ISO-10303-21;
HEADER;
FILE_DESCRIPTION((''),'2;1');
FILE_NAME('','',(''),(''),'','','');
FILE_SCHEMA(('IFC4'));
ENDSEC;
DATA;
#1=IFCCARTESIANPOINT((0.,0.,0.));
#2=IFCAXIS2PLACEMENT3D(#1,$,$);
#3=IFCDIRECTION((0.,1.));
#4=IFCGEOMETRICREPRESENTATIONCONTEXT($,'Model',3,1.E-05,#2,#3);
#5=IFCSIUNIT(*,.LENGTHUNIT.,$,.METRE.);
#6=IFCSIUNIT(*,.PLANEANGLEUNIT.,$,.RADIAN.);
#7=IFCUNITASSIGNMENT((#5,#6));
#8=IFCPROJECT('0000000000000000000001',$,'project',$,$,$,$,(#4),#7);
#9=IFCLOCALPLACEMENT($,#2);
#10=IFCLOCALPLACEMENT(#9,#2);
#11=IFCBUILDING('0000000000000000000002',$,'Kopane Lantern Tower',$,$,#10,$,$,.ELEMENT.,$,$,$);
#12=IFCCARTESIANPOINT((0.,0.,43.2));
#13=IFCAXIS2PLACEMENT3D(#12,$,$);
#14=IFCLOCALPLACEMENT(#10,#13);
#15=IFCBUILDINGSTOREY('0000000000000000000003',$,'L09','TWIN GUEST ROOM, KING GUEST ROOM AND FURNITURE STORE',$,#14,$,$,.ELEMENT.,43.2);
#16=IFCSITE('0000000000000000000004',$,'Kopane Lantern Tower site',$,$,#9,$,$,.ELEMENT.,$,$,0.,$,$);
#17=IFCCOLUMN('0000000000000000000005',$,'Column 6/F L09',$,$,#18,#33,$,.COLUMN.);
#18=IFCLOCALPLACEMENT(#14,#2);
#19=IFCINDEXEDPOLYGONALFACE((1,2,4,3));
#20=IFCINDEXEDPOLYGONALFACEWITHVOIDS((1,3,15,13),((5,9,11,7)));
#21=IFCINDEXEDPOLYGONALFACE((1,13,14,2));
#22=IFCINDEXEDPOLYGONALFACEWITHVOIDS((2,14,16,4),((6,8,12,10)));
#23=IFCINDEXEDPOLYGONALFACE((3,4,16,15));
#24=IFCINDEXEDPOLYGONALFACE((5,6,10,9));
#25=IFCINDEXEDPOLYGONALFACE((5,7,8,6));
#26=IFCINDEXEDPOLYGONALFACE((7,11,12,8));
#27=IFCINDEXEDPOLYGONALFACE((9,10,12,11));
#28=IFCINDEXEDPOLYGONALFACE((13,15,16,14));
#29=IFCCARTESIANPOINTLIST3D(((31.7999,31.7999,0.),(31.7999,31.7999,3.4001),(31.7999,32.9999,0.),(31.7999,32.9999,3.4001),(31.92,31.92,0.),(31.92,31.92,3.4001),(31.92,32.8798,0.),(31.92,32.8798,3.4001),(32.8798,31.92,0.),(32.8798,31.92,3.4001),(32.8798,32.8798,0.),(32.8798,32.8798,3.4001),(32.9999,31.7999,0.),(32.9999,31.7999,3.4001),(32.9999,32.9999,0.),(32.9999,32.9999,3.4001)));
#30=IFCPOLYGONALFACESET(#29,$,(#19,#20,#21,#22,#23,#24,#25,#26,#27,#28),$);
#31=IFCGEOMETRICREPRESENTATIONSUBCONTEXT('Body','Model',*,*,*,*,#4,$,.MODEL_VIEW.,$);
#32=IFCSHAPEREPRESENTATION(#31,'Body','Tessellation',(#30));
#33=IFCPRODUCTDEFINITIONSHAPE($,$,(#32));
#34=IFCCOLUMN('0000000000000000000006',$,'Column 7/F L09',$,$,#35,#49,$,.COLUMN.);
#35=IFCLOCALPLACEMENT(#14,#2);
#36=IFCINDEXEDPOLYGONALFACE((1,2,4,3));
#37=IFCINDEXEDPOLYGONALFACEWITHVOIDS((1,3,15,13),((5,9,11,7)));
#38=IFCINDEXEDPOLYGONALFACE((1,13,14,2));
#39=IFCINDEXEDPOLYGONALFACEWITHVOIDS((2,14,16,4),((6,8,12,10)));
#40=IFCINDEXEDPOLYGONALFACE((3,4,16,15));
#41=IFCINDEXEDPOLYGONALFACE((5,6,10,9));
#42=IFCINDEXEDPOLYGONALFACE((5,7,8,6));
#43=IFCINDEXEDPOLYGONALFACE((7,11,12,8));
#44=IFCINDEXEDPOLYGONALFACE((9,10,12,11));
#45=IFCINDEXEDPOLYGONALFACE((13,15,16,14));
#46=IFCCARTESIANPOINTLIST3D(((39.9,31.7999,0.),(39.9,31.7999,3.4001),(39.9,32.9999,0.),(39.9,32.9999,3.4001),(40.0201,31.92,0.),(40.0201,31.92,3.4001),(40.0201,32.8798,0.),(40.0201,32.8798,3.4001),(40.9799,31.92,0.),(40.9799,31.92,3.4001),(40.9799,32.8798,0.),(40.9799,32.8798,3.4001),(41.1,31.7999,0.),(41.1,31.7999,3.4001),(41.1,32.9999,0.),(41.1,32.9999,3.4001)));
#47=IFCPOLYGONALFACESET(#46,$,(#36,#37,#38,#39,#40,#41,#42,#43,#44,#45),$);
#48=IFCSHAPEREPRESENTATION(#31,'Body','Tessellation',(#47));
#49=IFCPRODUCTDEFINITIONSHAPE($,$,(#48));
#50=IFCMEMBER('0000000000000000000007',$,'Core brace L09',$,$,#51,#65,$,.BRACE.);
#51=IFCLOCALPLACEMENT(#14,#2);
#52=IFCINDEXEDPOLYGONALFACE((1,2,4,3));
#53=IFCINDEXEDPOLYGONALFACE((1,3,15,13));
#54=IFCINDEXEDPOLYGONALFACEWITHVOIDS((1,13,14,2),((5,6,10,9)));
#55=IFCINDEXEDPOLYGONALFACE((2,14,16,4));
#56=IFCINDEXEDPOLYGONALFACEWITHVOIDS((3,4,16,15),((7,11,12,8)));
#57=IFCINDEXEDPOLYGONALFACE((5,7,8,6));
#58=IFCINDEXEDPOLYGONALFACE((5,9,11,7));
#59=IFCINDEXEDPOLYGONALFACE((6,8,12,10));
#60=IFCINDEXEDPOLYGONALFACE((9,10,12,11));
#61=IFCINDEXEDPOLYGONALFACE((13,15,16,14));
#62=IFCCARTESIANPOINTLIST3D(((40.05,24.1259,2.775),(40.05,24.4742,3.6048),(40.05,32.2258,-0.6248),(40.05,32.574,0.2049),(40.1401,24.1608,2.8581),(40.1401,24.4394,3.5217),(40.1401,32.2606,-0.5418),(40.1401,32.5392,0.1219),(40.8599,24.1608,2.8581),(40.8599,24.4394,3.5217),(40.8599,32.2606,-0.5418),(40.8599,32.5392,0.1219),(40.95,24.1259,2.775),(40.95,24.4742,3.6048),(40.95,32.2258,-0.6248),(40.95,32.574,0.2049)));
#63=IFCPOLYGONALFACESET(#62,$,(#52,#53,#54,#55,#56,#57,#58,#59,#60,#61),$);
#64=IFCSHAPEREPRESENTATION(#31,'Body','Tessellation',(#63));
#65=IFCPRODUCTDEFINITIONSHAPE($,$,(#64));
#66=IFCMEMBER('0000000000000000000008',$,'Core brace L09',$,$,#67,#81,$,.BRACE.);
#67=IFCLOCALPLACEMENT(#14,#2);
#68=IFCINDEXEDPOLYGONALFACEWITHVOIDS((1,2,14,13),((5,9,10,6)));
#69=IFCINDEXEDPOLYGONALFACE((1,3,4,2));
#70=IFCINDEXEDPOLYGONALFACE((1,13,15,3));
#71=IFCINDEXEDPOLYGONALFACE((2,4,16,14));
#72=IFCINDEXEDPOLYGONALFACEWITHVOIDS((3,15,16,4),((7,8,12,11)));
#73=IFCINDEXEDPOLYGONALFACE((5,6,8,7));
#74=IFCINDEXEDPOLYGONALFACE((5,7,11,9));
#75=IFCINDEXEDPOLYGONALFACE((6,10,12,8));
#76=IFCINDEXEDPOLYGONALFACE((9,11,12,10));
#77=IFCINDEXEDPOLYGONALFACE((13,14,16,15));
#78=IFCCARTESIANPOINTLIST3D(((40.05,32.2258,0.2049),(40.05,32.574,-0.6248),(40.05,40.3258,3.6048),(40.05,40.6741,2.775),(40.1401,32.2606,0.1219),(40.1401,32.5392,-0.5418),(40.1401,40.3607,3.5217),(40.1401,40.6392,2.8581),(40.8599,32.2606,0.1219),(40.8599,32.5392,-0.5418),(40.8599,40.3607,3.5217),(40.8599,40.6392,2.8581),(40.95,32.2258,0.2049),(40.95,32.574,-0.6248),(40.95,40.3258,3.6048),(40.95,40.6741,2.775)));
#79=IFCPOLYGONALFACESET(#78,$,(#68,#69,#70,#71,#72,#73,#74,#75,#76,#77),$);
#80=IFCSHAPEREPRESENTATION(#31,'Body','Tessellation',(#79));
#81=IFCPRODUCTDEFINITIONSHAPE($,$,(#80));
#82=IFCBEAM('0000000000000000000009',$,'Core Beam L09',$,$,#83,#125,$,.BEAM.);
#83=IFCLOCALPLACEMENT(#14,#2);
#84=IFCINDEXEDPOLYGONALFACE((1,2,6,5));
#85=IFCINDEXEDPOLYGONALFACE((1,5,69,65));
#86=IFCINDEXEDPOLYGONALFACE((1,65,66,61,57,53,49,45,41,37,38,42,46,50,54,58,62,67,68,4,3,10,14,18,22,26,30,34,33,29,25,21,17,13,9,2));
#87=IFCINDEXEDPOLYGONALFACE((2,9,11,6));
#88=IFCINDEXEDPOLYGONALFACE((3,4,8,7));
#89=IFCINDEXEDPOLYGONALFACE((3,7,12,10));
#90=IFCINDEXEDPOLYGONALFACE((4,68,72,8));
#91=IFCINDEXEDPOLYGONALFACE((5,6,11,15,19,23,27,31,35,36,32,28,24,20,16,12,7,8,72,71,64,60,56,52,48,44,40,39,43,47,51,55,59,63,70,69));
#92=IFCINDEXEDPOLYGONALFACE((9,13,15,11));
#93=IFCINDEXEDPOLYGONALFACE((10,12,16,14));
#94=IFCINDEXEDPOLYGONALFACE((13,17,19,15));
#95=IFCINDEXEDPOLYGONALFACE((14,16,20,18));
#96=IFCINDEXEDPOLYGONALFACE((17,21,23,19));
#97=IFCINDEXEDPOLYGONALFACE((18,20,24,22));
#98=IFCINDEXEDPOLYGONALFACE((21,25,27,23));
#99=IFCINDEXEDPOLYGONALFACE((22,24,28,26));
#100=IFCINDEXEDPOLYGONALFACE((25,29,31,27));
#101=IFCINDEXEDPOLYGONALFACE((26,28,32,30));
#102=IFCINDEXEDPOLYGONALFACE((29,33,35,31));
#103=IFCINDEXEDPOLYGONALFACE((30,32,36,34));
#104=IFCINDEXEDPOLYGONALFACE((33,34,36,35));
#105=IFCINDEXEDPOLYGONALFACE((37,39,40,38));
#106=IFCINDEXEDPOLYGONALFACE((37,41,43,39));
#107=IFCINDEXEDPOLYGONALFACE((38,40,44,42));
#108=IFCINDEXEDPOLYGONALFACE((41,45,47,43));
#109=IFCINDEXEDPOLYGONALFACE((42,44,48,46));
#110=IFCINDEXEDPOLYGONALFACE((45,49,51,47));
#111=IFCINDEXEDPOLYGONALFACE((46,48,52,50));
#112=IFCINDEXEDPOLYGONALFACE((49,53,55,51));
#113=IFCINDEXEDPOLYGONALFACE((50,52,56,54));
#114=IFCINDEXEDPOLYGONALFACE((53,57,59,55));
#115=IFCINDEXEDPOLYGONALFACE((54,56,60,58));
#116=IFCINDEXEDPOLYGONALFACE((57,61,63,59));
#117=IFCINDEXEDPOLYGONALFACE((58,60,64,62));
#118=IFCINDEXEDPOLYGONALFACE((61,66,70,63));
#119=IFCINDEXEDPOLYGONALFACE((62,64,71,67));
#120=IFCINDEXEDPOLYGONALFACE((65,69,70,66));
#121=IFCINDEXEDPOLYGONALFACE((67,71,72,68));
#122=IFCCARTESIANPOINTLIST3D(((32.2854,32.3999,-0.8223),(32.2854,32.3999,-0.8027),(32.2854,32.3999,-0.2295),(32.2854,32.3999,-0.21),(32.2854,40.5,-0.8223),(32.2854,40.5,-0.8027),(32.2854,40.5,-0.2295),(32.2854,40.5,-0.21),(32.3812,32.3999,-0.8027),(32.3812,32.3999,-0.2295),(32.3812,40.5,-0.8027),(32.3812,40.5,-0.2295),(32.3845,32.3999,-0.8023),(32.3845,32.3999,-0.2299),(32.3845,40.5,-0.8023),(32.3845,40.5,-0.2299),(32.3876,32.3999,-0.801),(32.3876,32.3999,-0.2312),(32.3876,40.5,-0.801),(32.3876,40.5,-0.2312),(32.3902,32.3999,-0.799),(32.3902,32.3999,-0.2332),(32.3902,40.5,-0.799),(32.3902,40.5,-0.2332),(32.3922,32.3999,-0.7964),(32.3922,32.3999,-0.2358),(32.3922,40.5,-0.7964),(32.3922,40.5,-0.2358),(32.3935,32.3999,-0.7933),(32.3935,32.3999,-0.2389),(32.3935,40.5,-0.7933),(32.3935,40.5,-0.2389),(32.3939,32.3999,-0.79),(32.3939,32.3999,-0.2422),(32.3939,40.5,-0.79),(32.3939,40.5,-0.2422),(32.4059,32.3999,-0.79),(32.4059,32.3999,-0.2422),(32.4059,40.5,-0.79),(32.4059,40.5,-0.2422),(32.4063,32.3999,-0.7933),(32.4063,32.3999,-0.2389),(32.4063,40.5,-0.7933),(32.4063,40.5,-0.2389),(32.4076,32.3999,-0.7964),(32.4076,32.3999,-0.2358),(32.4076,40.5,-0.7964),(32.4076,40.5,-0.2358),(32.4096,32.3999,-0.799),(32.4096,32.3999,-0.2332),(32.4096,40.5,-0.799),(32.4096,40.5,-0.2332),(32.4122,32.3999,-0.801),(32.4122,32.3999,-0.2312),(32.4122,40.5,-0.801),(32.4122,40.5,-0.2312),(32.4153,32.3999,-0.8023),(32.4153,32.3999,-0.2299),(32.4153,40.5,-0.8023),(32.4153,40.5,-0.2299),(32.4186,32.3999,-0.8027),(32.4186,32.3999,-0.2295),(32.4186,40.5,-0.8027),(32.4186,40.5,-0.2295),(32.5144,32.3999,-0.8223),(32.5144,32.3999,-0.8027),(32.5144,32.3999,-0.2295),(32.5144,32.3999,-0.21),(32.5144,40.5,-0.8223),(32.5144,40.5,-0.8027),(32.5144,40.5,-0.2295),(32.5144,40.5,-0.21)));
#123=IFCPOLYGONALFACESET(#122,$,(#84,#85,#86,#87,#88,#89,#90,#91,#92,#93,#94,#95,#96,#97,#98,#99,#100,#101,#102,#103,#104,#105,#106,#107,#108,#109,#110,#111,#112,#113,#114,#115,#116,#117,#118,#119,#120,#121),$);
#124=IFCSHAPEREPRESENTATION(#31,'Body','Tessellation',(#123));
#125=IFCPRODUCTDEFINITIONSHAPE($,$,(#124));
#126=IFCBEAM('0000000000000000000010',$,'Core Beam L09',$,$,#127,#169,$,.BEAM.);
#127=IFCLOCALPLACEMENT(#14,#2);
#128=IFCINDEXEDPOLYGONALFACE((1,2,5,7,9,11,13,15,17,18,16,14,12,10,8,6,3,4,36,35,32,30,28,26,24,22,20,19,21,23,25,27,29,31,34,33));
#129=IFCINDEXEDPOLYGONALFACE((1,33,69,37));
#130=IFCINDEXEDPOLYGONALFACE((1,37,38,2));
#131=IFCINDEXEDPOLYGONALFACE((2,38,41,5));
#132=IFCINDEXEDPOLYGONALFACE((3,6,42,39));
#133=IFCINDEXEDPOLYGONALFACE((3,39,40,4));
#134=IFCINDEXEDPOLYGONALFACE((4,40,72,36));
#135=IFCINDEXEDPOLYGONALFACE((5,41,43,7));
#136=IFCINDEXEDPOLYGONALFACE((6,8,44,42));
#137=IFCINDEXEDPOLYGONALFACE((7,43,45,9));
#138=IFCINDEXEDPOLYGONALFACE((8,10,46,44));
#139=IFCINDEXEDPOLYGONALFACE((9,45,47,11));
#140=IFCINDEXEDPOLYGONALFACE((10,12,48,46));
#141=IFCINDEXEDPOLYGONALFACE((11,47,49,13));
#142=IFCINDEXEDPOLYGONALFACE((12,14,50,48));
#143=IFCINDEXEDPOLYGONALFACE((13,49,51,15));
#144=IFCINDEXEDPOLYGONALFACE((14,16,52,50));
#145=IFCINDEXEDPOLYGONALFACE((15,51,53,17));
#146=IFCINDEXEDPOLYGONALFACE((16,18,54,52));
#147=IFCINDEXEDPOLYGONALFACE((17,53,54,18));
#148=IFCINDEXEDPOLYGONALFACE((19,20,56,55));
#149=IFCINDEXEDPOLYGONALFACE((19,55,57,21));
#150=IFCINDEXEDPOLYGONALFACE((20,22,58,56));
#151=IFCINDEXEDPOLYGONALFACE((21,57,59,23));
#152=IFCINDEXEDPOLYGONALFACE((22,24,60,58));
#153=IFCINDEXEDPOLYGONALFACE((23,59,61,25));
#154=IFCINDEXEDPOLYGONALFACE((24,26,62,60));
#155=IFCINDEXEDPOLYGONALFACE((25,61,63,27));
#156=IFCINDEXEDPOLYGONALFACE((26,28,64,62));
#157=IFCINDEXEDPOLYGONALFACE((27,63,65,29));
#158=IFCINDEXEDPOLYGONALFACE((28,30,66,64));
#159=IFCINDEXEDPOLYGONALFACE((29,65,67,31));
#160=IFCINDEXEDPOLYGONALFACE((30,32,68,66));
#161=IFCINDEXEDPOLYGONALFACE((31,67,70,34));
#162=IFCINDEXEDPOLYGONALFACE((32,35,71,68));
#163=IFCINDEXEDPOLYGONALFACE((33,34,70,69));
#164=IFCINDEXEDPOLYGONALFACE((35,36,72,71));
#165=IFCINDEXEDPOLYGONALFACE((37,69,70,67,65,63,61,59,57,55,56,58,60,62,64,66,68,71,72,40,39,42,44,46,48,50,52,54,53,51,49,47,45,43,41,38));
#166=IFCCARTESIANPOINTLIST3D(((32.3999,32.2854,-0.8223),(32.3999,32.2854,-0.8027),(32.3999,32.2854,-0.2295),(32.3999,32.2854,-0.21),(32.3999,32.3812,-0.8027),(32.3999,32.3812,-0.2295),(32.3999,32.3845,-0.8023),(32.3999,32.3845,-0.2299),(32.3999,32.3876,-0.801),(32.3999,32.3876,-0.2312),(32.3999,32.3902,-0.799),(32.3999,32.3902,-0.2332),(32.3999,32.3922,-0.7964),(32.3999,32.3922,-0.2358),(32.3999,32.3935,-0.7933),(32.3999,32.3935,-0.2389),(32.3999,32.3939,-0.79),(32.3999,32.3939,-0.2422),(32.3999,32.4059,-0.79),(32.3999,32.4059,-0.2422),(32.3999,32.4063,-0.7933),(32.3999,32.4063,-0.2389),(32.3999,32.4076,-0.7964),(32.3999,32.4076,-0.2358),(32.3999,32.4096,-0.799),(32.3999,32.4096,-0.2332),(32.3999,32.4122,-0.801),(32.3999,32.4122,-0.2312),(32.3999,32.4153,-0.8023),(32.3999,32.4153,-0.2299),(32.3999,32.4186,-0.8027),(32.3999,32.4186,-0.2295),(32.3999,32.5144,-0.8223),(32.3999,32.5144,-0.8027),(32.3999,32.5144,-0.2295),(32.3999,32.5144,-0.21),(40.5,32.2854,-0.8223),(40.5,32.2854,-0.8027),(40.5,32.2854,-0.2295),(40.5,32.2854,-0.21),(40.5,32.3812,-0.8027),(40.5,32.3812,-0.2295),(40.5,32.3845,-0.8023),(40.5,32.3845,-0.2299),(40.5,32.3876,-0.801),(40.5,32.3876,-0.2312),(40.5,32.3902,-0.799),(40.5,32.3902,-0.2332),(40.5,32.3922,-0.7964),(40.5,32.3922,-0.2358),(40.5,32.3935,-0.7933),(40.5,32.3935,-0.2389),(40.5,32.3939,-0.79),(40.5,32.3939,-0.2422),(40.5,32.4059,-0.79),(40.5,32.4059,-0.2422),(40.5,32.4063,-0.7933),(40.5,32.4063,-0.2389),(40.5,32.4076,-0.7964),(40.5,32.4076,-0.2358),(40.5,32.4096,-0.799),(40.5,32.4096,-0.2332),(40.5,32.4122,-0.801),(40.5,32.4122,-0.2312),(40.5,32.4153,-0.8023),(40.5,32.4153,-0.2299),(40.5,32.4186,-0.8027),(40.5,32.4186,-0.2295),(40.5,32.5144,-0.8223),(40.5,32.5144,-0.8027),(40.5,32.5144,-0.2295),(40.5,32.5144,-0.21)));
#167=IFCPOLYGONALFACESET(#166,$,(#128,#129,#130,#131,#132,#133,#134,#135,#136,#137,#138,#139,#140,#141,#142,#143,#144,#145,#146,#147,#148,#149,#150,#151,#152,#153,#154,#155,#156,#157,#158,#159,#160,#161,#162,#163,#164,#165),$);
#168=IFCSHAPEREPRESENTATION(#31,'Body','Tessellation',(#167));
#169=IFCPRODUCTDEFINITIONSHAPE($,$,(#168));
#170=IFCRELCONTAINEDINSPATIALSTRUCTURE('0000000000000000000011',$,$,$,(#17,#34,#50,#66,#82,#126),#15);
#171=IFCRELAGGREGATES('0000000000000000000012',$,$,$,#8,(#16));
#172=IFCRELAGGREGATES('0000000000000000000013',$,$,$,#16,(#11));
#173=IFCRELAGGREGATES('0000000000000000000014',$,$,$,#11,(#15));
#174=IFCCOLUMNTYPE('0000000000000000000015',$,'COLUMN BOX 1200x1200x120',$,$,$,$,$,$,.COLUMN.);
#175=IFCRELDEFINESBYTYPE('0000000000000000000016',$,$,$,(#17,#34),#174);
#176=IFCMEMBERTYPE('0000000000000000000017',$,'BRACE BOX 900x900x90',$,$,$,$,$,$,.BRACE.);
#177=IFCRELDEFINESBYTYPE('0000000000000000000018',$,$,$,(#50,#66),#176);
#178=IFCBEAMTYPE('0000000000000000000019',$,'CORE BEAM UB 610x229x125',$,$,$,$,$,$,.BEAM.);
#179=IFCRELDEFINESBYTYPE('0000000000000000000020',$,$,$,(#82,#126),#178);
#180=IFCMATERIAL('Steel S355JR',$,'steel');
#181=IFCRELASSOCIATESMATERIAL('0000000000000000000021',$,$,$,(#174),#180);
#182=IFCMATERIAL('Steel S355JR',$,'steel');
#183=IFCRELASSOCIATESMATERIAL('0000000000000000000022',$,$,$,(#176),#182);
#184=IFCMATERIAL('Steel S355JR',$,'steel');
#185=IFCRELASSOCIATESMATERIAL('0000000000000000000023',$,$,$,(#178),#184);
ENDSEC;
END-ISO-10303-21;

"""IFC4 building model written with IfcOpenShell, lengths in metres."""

from ifc_helpers import new_model, si_unit, direction, frame, origin, origin_2d, place, context, subcontext, project, spatial, hollow_rectangle, i_section, extrude, material, material_profile, profile_set, type_object, element, save


model = new_model("IFC4")

# Units and contexts
model_context = context("Model", 3, precision=1e-05, world=origin(), true_north=direction((0.0, 1.0)))
body_context = subcontext(model_context, "Body", "Model", "MODEL_VIEW")
ifc_project = project(units=[si_unit("LENGTHUNIT", "METRE"), si_unit("PLANEANGLEUNIT", "RADIAN")], contexts=[model_context])

# Site, building, storey
site_placement = place(None, origin())
site = spatial("IfcSite", under=ifc_project, at=site_placement, Name="Kopane Lantern Tower site", CompositionType="ELEMENT", RefElevation=0.0)
building_placement = place(site_placement, origin())
building = spatial("IfcBuilding", under=site, at=building_placement, Name="Kopane Lantern Tower", CompositionType="ELEMENT")
storey_placement = place(building_placement, frame((0.0, 0.0, 43.2)))
storey = spatial("IfcBuildingStorey", under=building, at=storey_placement, Name="L09", Description="TWIN GUEST ROOM, KING GUEST ROOM AND FURNITURE STORE", CompositionType="ELEMENT", Elevation=43.2)

# Columns
ifc_material_1 = material(Name="Steel S355JR", Category="steel")
ifc_material_profile_1 = material_profile(ifc_material_1, hollow_rectangle(XDim=1.2, YDim=1.2, WallThickness=0.1201, at=origin_2d()), Name="BOX 1200x1200x120")
ifc_profile_set_1 = profile_set([ifc_material_profile_1], Name="Steel S355JR")
column_type = type_object("IfcColumnType", Name="COLUMN BOX 1200x1200x120", PredefinedType="COLUMN", material=ifc_profile_set_1)
for number, where, z_axis, x_axis, name in (
    (1, (32.3999, 32.3999, 0.0), (0.0, 0.0, 1.0), (1.0, 0.0, 0.0), "Column 6/F L09"),
    (2, (40.5, 32.3999, 0.0), (0.0, 0.0, 1.0), (1.0, 0.0, 0.0), "Column 7/F L09"),
):
    element("IfcColumn", number, at=place(storey_placement, frame(where, z_axis=z_axis, x_axis=x_axis)), inside=storey, type_object=column_type, Name=name, PredefinedType="COLUMN", context=body_context, shape_type="SweptSolid", body=[
        extrude(hollow_rectangle(XDim=1.2, YDim=1.2, WallThickness=0.1201, at=origin_2d()), origin(), (0.0, 0.0, 1.0), 3.4001),
    ])

# Members
ifc_material_2 = material(Name="Steel S355JR", Category="steel")
ifc_material_profile_2 = material_profile(ifc_material_2, hollow_rectangle(XDim=0.8999, YDim=0.8999, WallThickness=0.0901, at=origin_2d()), Name="BOX 900x900x90")
ifc_profile_set_2 = profile_set([ifc_material_profile_2], Name="Steel S355JR")
member_type = type_object("IfcMemberType", Name="BRACE BOX 900x900x90", PredefinedType="BRACE", material=ifc_profile_set_2)
member_1_placement = place(storey_placement, frame((40.5, 32.3999, -0.21), z_axis=(0.0, -0.922065, 0.387035), x_axis=(1.0, 0.0, 0.0)))
element("IfcMember", 3, at=member_1_placement, inside=storey, type_object=member_type, Name="Core brace L09", PredefinedType="BRACE", context=body_context, shape_type="SweptSolid", body=[
    extrude(hollow_rectangle(XDim=0.8999, YDim=0.8999, WallThickness=0.0901, at=origin_2d()), origin(), (0.0, 0.0, 1.0), 8.7844),
])
member_2_placement = place(storey_placement, frame((40.5, 32.3999, -0.21), z_axis=(0.0, 0.922069, 0.387026), x_axis=(-1.0, 0.0, 0.0)))
element("IfcMember", 4, at=member_2_placement, inside=storey, type_object=member_type, Name="Core brace L09", PredefinedType="BRACE", context=body_context, shape_type="SweptSolid", body=[
    extrude(hollow_rectangle(XDim=0.8999, YDim=0.8999, WallThickness=0.0901, at=origin_2d()), origin(), (0.0, 0.0, 1.0), 8.7847),
])

# Beams
ifc_material_3 = material(Name="Steel S355JR", Category="steel")
ifc_material_profile_3 = material_profile(ifc_material_3, i_section(OverallWidth=0.229, OverallDepth=0.6123, WebThickness=0.012, FlangeThickness=0.0195, FilletRadius=0.0127, at=origin_2d()), Name="UB 610x229x125")
ifc_profile_set_3 = profile_set([ifc_material_profile_3], Name="Steel S355JR")
beam_type_1 = type_object("IfcBeamType", Name="CORE BEAM UB 610x229x125", PredefinedType="BEAM", material=ifc_profile_set_3)
for number, where, z_axis, x_axis, name in (
    (5, (32.3999, 32.3999, -0.5161), (0.0, 1.0, 0.0), (-1.0, 0.0, 0.0), "Core Beam L09"),
    (6, (32.3999, 32.3999, -0.5161), (1.0, 0.0, 0.0), (0.0, 1.0, 0.0), "Core Beam L09"),
):
    element("IfcBeam", number, at=place(storey_placement, frame(where, z_axis=z_axis, x_axis=x_axis)), inside=storey, type_object=beam_type_1, Name=name, PredefinedType="BEAM", context=body_context, shape_type="SweptSolid", body=[
        extrude(i_section(OverallWidth=0.229, OverallDepth=0.6123, WebThickness=0.012, FlangeThickness=0.0195, FilletRadius=0.0127, at=origin_2d()), origin(), (0.0, 0.0, 1.0), 8.1001),
    ])

save(model, "model.ifc")
